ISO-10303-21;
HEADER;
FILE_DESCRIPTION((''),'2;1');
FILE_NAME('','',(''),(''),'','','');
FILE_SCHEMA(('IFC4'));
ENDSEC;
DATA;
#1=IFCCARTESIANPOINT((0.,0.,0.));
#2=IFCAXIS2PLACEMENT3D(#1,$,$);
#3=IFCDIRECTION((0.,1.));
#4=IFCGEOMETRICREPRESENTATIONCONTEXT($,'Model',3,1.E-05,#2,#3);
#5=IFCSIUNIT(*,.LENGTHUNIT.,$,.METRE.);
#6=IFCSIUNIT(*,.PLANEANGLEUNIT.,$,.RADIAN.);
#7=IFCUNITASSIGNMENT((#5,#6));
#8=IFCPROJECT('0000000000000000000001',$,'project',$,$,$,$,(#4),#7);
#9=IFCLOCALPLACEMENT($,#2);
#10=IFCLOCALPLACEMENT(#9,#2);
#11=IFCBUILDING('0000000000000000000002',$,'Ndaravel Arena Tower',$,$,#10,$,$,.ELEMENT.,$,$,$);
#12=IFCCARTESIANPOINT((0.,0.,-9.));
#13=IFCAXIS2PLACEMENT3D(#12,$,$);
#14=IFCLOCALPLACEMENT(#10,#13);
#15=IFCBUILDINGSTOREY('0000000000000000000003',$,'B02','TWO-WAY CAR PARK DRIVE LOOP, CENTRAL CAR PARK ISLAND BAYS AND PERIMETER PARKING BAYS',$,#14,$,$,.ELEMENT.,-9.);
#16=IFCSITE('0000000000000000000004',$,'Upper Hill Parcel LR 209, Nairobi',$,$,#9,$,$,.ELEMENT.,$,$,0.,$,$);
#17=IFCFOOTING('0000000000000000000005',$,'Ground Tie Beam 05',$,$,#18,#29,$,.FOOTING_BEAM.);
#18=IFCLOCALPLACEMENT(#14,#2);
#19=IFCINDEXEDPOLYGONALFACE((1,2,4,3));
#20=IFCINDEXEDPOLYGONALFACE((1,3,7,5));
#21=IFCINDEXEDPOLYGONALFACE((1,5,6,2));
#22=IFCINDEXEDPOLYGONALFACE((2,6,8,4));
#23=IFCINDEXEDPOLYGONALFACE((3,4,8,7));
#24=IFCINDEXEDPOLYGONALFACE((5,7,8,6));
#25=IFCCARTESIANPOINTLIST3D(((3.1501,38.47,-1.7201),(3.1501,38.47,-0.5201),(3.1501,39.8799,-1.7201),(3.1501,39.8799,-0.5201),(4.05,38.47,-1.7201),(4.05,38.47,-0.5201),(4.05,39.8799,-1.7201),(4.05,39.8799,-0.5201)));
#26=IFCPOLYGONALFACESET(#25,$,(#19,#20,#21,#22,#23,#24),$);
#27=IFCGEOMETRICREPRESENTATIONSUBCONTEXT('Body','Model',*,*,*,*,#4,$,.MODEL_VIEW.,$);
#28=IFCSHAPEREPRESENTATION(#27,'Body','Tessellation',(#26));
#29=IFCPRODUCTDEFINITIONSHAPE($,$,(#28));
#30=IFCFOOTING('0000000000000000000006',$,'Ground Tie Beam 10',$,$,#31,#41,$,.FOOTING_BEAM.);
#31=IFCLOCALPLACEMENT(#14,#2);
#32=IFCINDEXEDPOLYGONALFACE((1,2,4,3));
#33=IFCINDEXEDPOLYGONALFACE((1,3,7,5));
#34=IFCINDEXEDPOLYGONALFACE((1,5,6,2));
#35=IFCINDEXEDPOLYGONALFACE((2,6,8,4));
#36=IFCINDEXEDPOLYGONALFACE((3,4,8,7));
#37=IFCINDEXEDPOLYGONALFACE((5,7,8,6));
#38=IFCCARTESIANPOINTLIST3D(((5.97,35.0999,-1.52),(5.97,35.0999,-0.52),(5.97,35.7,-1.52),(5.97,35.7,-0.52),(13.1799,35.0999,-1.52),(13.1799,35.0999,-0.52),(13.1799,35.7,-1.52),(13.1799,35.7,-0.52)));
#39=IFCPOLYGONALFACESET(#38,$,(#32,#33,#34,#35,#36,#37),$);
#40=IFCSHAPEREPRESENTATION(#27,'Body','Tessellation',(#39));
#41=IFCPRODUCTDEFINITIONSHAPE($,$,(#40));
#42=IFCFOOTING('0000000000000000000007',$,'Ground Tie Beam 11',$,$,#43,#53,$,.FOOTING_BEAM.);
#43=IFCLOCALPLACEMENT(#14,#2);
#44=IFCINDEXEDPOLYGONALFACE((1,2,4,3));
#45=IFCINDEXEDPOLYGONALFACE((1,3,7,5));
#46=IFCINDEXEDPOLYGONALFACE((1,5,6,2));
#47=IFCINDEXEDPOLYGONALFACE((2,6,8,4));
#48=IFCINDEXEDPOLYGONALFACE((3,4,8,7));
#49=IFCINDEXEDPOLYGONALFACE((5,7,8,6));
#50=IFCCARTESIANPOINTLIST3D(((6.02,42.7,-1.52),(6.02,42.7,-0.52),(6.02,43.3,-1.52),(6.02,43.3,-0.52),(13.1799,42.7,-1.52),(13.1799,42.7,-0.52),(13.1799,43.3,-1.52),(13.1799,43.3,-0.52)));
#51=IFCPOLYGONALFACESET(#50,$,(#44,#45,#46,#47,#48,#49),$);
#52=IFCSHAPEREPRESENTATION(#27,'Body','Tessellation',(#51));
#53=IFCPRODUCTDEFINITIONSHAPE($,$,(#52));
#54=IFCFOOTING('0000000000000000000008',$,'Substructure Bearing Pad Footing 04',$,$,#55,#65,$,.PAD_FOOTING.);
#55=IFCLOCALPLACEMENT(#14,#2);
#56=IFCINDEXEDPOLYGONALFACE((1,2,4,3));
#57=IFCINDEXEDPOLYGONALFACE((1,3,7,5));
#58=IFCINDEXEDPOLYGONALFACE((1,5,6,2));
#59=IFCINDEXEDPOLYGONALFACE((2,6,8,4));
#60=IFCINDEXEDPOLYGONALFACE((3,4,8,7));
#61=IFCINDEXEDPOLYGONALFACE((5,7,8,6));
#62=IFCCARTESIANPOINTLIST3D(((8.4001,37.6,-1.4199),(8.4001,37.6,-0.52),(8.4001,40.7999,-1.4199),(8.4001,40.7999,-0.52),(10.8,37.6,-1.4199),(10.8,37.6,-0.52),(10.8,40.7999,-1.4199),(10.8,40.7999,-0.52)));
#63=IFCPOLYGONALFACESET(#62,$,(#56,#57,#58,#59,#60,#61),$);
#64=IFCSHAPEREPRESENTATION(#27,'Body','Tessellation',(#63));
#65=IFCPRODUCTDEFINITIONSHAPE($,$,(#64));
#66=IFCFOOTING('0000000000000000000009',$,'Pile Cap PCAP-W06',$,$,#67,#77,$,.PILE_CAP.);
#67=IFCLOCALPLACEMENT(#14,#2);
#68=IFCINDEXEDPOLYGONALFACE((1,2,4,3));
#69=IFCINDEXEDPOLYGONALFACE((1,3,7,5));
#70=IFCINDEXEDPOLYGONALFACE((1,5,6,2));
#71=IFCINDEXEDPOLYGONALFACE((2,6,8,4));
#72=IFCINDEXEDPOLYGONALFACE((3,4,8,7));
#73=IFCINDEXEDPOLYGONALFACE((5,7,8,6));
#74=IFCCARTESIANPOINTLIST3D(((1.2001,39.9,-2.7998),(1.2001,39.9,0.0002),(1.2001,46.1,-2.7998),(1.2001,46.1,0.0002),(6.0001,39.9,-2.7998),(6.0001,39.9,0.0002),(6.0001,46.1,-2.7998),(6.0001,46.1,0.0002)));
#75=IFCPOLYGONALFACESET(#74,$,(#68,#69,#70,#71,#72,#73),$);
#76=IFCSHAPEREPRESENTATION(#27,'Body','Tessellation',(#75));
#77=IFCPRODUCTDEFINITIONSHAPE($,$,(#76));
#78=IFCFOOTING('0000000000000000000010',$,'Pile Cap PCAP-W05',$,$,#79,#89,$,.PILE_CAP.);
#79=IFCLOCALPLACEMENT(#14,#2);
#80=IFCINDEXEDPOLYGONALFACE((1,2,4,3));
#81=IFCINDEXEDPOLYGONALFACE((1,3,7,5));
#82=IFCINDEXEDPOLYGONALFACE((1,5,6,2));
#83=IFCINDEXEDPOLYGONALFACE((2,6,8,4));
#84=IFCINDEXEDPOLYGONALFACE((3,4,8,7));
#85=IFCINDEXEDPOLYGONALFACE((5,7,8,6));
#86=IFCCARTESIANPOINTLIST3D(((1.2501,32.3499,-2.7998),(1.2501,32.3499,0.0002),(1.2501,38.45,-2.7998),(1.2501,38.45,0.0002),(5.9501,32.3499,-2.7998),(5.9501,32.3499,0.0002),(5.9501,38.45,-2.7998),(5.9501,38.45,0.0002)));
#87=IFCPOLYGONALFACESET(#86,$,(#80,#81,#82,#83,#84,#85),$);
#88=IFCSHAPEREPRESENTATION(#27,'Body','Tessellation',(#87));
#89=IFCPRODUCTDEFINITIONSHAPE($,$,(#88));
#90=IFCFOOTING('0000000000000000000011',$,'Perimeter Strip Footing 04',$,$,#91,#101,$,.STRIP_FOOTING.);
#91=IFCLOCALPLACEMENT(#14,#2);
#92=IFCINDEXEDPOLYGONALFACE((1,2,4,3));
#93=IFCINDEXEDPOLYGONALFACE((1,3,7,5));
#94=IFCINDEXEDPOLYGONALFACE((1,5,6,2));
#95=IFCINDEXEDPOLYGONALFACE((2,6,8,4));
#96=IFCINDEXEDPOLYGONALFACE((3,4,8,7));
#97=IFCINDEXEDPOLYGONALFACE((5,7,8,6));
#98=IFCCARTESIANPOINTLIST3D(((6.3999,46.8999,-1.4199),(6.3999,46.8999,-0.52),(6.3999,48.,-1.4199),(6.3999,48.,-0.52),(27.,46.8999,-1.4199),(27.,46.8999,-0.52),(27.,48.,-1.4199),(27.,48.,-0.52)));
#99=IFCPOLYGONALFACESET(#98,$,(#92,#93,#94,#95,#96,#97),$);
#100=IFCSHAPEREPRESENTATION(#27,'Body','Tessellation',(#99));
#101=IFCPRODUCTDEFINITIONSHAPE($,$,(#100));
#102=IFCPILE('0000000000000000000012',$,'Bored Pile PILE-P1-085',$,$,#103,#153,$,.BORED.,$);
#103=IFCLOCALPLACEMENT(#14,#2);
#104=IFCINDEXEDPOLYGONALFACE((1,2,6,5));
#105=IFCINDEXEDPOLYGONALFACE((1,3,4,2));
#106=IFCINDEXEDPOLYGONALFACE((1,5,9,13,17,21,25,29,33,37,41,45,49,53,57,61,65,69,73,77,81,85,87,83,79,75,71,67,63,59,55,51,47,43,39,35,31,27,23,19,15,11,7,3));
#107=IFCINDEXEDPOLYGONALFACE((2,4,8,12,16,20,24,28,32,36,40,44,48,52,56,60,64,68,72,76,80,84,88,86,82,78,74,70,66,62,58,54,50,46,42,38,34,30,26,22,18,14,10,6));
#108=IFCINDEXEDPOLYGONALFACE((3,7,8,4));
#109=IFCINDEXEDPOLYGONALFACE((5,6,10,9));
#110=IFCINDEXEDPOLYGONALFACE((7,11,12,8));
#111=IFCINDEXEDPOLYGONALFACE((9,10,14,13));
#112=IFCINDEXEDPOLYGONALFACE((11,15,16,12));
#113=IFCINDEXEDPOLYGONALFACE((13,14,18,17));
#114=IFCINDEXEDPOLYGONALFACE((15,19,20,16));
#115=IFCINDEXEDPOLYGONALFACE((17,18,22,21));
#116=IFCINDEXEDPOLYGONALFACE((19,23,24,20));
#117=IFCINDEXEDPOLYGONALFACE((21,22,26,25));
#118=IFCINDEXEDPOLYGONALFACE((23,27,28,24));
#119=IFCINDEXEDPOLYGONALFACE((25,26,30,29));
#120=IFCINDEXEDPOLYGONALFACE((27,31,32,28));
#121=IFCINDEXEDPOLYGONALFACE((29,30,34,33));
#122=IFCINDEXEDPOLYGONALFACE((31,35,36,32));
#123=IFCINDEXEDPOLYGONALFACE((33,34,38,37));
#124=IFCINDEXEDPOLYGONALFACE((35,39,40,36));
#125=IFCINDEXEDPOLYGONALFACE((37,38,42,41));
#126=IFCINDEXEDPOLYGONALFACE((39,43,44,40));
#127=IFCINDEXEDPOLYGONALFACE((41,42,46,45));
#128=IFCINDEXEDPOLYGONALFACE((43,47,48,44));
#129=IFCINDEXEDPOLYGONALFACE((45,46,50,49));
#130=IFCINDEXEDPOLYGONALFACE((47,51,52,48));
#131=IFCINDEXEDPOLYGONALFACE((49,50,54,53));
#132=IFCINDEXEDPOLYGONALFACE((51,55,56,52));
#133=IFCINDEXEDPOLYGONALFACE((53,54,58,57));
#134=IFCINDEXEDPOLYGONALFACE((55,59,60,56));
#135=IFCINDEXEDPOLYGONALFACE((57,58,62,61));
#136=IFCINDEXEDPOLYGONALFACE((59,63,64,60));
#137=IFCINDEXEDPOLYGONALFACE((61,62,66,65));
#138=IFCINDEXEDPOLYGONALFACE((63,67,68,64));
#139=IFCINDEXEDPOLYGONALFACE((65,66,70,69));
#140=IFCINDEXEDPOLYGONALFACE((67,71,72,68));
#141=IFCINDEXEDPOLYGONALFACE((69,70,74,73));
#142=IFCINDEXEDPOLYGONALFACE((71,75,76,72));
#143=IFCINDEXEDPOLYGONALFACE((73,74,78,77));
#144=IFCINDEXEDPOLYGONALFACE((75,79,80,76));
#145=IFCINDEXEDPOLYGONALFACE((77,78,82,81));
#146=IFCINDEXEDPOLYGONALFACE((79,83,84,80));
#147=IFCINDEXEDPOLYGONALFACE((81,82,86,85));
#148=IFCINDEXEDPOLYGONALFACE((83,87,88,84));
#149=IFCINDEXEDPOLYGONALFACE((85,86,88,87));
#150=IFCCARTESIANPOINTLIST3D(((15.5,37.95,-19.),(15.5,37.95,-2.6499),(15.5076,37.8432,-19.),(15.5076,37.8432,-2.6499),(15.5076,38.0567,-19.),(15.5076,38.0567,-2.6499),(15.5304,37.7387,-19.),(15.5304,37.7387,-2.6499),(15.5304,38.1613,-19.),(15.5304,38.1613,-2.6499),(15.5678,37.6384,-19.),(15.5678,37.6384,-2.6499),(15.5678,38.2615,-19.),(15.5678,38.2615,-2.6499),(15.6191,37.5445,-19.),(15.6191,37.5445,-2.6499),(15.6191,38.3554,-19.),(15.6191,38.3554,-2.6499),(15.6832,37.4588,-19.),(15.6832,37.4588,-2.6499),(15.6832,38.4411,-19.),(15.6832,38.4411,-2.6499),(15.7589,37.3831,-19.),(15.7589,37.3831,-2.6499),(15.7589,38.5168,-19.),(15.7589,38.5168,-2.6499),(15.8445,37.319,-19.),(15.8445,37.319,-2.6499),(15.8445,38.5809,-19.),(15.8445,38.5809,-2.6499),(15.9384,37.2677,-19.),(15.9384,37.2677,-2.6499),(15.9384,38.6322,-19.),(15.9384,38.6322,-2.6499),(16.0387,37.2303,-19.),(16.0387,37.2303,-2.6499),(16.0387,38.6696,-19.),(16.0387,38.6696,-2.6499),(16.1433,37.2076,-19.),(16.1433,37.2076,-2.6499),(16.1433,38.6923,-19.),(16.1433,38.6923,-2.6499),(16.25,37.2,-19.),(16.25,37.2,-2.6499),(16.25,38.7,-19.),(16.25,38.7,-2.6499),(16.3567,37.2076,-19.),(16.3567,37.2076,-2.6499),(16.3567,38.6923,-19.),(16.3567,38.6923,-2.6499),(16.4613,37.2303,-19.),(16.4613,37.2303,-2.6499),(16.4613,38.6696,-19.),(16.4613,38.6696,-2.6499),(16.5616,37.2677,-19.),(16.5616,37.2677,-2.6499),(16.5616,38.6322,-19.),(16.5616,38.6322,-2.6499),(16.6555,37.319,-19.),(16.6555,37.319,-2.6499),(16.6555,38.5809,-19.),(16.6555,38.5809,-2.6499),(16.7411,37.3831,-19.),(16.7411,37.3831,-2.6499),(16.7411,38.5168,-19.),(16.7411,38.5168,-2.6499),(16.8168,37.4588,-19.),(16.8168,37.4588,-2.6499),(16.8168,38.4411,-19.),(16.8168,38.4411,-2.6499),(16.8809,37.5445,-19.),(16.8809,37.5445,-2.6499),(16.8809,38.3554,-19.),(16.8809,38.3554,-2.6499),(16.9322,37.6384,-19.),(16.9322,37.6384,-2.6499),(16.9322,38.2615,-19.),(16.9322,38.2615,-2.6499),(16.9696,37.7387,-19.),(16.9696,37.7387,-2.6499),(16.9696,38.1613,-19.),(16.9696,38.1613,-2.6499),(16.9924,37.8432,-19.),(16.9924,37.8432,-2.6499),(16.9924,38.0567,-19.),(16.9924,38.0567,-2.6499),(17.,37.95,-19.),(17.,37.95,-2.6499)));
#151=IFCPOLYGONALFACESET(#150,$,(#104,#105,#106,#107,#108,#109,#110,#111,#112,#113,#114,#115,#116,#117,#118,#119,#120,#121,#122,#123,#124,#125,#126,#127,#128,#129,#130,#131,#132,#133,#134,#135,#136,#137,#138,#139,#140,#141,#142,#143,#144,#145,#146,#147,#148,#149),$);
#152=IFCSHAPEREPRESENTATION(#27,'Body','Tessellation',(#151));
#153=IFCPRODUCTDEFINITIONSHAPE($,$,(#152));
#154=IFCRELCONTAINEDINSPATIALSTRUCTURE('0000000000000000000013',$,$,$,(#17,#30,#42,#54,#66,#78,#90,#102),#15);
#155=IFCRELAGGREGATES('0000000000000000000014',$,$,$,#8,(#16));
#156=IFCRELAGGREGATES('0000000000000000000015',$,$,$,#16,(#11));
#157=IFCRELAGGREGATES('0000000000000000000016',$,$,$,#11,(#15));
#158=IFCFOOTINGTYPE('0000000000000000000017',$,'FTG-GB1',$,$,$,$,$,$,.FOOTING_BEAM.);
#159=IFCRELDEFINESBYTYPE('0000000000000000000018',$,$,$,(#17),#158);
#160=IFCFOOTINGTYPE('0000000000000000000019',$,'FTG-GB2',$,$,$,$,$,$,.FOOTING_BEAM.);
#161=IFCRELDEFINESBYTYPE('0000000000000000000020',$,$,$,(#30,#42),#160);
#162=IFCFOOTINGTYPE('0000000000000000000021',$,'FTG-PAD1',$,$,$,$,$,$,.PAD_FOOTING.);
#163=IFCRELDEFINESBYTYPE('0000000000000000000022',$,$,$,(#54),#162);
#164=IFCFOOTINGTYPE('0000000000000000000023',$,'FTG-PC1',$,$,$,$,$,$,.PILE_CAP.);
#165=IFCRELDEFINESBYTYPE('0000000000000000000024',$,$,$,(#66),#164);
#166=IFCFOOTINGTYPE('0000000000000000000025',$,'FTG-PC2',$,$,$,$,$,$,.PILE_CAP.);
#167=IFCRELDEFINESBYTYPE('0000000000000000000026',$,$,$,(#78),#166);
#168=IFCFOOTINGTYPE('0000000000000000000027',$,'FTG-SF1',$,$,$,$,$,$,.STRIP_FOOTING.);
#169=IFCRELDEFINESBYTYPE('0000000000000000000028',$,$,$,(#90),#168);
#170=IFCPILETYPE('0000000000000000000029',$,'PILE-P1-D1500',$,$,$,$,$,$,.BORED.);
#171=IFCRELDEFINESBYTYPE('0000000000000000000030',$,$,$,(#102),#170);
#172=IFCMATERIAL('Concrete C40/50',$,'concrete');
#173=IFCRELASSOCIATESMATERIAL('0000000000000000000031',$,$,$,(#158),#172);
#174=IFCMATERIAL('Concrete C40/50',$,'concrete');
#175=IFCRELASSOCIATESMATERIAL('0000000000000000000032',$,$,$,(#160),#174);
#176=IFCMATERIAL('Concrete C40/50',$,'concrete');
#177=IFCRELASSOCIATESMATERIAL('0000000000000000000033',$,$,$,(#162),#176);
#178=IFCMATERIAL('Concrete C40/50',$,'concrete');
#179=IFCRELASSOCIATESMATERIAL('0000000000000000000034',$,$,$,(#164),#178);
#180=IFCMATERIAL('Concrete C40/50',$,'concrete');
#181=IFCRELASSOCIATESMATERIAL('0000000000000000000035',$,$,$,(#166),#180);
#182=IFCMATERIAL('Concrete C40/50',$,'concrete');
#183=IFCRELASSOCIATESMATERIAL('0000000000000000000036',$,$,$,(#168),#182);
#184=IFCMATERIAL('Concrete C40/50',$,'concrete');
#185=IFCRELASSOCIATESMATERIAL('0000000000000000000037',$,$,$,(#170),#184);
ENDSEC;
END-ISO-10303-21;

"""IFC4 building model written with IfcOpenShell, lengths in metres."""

from ifc_helpers import new_model, si_unit, direction, frame, origin, origin_2d, place, context, subcontext, project, spatial, rectangle, circle, extrude, material, material_profile, profile_set, type_object, element, save


model = new_model("IFC4")

# Units and contexts
model_context = context("Model", 3, precision=1e-05, world=origin(), true_north=direction((0.0, 1.0)))
body_context = subcontext(model_context, "Body", "Model", "MODEL_VIEW")
ifc_project = project(units=[si_unit("LENGTHUNIT", "METRE"), si_unit("PLANEANGLEUNIT", "RADIAN")], contexts=[model_context])

# Site, building, storey
site_placement = place(None, origin())
site = spatial("IfcSite", under=ifc_project, at=site_placement, Name="Upper Hill Parcel LR 209, Nairobi", CompositionType="ELEMENT", RefElevation=0.0)
building_placement = place(site_placement, origin())
building = spatial("IfcBuilding", under=site, at=building_placement, Name="Ndaravel Arena Tower", CompositionType="ELEMENT")
storey_placement = place(building_placement, frame((0.0, 0.0, -9.0)))
storey = spatial("IfcBuildingStorey", under=building, at=storey_placement, Name="B02", Description="TWO-WAY CAR PARK DRIVE LOOP, CENTRAL CAR PARK ISLAND BAYS AND PERIMETER PARKING BAYS", CompositionType="ELEMENT", Elevation=-9.0)

# Footings
ifc_material_1 = material(Name="Concrete C40/50", Category="concrete")
ifc_material_profile_1 = material_profile(ifc_material_1, rectangle(XDim=0.8999, YDim=1.2, at=origin_2d()), Name="RC 900x1200")
ifc_profile_set_1 = profile_set([ifc_material_profile_1], Name="Concrete C40/50")
footing_type_1 = type_object("IfcFootingType", Name="FTG-GB1", PredefinedType="FOOTING_BEAM", material=ifc_profile_set_1)
footing_1_placement = place(storey_placement, frame((3.6001, 38.47, -1.1201), z_axis=(0.0, 1.0, 0.0), x_axis=(-1.0, 0.0, 0.0)))
element("IfcFooting", 1, at=footing_1_placement, inside=storey, type_object=footing_type_1, Name="Ground Tie Beam 05", PredefinedType="FOOTING_BEAM", context=body_context, shape_type="SweptSolid", body=[
    extrude(rectangle(XDim=0.8999, YDim=1.2, at=origin_2d()), origin(), (0.0, 0.0, 1.0), 1.4099),
])
ifc_material_2 = material(Name="Concrete C40/50", Category="concrete")
ifc_material_profile_2 = material_profile(ifc_material_2, rectangle(XDim=0.6001, YDim=1.0, at=origin_2d()), Name="RC 600x1000")
ifc_profile_set_2 = profile_set([ifc_material_profile_2], Name="Concrete C40/50")
footing_type_2 = type_object("IfcFootingType", Name="FTG-GB2", PredefinedType="FOOTING_BEAM", material=ifc_profile_set_2)
footing_2_placement = place(storey_placement, frame((5.97, 35.3999, -1.02), z_axis=(1.0, 0.0, 0.0), x_axis=(0.0, 1.0, 0.0)))
element("IfcFooting", 2, at=footing_2_placement, inside=storey, type_object=footing_type_2, Name="Ground Tie Beam 10", PredefinedType="FOOTING_BEAM", context=body_context, shape_type="SweptSolid", body=[
    extrude(rectangle(XDim=0.6001, YDim=1.0, at=origin_2d()), origin(), (0.0, 0.0, 1.0), 7.21),
])
footing_3_placement = place(storey_placement, frame((6.02, 43.0, -1.02), z_axis=(1.0, 0.0, 0.0), x_axis=(0.0, 1.0, 0.0)))
element("IfcFooting", 3, at=footing_3_placement, inside=storey, type_object=footing_type_2, Name="Ground Tie Beam 11", PredefinedType="FOOTING_BEAM", context=body_context, shape_type="SweptSolid", body=[
    extrude(rectangle(XDim=0.6001, YDim=1.0, at=origin_2d()), origin(), (0.0, 0.0, 1.0), 7.1599),
])
ifc_material_3 = material(Name="Concrete C40/50", Category="concrete")
footing_type_3 = type_object("IfcFootingType", Name="FTG-PAD1", PredefinedType="PAD_FOOTING", material=ifc_material_3)
footing_4_placement = place(storey_placement, frame((9.6001, 39.2, -1.4199), z_axis=(0.0, 0.0, 1.0), x_axis=(1.0, 0.0, 0.0)))
element("IfcFooting", 4, at=footing_4_placement, inside=storey, type_object=footing_type_3, Name="Substructure Bearing Pad Footing 04", PredefinedType="PAD_FOOTING", context=body_context, shape_type="SweptSolid", body=[
    extrude(rectangle(XDim=2.3999, YDim=3.2, at=origin_2d()), origin(), (0.0, 0.0, 1.0), 0.8999),
])
ifc_material_4 = material(Name="Concrete C40/50", Category="concrete")
footing_type_4 = type_object("IfcFootingType", Name="FTG-PC1", PredefinedType="PILE_CAP", material=ifc_material_4)
footing_5_placement = place(storey_placement, frame((3.6001, 43.0, -2.7998), z_axis=(0.0, 0.0, 1.0), x_axis=(1.0, 0.0, 0.0)))
element("IfcFooting", 5, at=footing_5_placement, inside=storey, type_object=footing_type_4, Name="Pile Cap PCAP-W06", PredefinedType="PILE_CAP", context=body_context, shape_type="SweptSolid", body=[
    extrude(rectangle(XDim=4.8, YDim=6.2, at=origin_2d()), origin(), (0.0, 0.0, 1.0), 2.8),
])
ifc_material_5 = material(Name="Concrete C40/50", Category="concrete")
footing_type_5 = type_object("IfcFootingType", Name="FTG-PC2", PredefinedType="PILE_CAP", material=ifc_material_5)
footing_6_placement = place(storey_placement, frame((3.6001, 35.3999, -2.7998), z_axis=(0.0, 0.0, 1.0), x_axis=(1.0, 0.0, 0.0)))
element("IfcFooting", 6, at=footing_6_placement, inside=storey, type_object=footing_type_5, Name="Pile Cap PCAP-W05", PredefinedType="PILE_CAP", context=body_context, shape_type="SweptSolid", body=[
    extrude(rectangle(XDim=4.7, YDim=6.1001, at=origin_2d()), origin(), (0.0, 0.0, 1.0), 2.8),
])
ifc_material_6 = material(Name="Concrete C40/50", Category="concrete")
ifc_material_profile_3 = material_profile(ifc_material_6, rectangle(XDim=1.1001, YDim=0.8999, at=origin_2d()), Name="RC 1100x900")
ifc_profile_set_3 = profile_set([ifc_material_profile_3], Name="Concrete C40/50")
footing_type_6 = type_object("IfcFootingType", Name="FTG-SF1", PredefinedType="STRIP_FOOTING", material=ifc_profile_set_3)
footing_7_placement = place(storey_placement, frame((6.3999, 47.45, -0.97), z_axis=(1.0, 0.0, 0.0), x_axis=(0.0, 1.0, 0.0)))
element("IfcFooting", 7, at=footing_7_placement, inside=storey, type_object=footing_type_6, Name="Perimeter Strip Footing 04", PredefinedType="STRIP_FOOTING", context=body_context, shape_type="SweptSolid", body=[
    extrude(rectangle(XDim=1.1001, YDim=0.8999, at=origin_2d()), origin(), (0.0, 0.0, 1.0), 20.6001),
])

# Pile
ifc_material_7 = material(Name="Concrete C40/50", Category="concrete")
ifc_material_profile_4 = material_profile(ifc_material_7, circle(Radius=0.75, at=origin_2d()), Name="BORED PILE D1500")
ifc_profile_set_4 = profile_set([ifc_material_profile_4], Name="Concrete C40/50")
pile_type_1 = type_object("IfcPileType", Name="PILE-P1-D1500", PredefinedType="BORED", material=ifc_profile_set_4)
for number, where, z_axis, x_axis, name in (
    (8, (16.25, 37.95, -2.6499), (0.0, 0.0, -1.0), (1.0, 0.0, 0.0), "Bored Pile PILE-P1-085"),
):
    element("IfcPile", number, at=place(storey_placement, frame(where, z_axis=z_axis, x_axis=x_axis)), inside=storey, type_object=pile_type_1, Name=name, PredefinedType="BORED", context=body_context, shape_type="SweptSolid", body=[
        extrude(circle(Radius=0.75, at=origin_2d()), origin(), (0.0, 0.0, 1.0), 16.3501),
    ])

save(model, "model.ifc")
